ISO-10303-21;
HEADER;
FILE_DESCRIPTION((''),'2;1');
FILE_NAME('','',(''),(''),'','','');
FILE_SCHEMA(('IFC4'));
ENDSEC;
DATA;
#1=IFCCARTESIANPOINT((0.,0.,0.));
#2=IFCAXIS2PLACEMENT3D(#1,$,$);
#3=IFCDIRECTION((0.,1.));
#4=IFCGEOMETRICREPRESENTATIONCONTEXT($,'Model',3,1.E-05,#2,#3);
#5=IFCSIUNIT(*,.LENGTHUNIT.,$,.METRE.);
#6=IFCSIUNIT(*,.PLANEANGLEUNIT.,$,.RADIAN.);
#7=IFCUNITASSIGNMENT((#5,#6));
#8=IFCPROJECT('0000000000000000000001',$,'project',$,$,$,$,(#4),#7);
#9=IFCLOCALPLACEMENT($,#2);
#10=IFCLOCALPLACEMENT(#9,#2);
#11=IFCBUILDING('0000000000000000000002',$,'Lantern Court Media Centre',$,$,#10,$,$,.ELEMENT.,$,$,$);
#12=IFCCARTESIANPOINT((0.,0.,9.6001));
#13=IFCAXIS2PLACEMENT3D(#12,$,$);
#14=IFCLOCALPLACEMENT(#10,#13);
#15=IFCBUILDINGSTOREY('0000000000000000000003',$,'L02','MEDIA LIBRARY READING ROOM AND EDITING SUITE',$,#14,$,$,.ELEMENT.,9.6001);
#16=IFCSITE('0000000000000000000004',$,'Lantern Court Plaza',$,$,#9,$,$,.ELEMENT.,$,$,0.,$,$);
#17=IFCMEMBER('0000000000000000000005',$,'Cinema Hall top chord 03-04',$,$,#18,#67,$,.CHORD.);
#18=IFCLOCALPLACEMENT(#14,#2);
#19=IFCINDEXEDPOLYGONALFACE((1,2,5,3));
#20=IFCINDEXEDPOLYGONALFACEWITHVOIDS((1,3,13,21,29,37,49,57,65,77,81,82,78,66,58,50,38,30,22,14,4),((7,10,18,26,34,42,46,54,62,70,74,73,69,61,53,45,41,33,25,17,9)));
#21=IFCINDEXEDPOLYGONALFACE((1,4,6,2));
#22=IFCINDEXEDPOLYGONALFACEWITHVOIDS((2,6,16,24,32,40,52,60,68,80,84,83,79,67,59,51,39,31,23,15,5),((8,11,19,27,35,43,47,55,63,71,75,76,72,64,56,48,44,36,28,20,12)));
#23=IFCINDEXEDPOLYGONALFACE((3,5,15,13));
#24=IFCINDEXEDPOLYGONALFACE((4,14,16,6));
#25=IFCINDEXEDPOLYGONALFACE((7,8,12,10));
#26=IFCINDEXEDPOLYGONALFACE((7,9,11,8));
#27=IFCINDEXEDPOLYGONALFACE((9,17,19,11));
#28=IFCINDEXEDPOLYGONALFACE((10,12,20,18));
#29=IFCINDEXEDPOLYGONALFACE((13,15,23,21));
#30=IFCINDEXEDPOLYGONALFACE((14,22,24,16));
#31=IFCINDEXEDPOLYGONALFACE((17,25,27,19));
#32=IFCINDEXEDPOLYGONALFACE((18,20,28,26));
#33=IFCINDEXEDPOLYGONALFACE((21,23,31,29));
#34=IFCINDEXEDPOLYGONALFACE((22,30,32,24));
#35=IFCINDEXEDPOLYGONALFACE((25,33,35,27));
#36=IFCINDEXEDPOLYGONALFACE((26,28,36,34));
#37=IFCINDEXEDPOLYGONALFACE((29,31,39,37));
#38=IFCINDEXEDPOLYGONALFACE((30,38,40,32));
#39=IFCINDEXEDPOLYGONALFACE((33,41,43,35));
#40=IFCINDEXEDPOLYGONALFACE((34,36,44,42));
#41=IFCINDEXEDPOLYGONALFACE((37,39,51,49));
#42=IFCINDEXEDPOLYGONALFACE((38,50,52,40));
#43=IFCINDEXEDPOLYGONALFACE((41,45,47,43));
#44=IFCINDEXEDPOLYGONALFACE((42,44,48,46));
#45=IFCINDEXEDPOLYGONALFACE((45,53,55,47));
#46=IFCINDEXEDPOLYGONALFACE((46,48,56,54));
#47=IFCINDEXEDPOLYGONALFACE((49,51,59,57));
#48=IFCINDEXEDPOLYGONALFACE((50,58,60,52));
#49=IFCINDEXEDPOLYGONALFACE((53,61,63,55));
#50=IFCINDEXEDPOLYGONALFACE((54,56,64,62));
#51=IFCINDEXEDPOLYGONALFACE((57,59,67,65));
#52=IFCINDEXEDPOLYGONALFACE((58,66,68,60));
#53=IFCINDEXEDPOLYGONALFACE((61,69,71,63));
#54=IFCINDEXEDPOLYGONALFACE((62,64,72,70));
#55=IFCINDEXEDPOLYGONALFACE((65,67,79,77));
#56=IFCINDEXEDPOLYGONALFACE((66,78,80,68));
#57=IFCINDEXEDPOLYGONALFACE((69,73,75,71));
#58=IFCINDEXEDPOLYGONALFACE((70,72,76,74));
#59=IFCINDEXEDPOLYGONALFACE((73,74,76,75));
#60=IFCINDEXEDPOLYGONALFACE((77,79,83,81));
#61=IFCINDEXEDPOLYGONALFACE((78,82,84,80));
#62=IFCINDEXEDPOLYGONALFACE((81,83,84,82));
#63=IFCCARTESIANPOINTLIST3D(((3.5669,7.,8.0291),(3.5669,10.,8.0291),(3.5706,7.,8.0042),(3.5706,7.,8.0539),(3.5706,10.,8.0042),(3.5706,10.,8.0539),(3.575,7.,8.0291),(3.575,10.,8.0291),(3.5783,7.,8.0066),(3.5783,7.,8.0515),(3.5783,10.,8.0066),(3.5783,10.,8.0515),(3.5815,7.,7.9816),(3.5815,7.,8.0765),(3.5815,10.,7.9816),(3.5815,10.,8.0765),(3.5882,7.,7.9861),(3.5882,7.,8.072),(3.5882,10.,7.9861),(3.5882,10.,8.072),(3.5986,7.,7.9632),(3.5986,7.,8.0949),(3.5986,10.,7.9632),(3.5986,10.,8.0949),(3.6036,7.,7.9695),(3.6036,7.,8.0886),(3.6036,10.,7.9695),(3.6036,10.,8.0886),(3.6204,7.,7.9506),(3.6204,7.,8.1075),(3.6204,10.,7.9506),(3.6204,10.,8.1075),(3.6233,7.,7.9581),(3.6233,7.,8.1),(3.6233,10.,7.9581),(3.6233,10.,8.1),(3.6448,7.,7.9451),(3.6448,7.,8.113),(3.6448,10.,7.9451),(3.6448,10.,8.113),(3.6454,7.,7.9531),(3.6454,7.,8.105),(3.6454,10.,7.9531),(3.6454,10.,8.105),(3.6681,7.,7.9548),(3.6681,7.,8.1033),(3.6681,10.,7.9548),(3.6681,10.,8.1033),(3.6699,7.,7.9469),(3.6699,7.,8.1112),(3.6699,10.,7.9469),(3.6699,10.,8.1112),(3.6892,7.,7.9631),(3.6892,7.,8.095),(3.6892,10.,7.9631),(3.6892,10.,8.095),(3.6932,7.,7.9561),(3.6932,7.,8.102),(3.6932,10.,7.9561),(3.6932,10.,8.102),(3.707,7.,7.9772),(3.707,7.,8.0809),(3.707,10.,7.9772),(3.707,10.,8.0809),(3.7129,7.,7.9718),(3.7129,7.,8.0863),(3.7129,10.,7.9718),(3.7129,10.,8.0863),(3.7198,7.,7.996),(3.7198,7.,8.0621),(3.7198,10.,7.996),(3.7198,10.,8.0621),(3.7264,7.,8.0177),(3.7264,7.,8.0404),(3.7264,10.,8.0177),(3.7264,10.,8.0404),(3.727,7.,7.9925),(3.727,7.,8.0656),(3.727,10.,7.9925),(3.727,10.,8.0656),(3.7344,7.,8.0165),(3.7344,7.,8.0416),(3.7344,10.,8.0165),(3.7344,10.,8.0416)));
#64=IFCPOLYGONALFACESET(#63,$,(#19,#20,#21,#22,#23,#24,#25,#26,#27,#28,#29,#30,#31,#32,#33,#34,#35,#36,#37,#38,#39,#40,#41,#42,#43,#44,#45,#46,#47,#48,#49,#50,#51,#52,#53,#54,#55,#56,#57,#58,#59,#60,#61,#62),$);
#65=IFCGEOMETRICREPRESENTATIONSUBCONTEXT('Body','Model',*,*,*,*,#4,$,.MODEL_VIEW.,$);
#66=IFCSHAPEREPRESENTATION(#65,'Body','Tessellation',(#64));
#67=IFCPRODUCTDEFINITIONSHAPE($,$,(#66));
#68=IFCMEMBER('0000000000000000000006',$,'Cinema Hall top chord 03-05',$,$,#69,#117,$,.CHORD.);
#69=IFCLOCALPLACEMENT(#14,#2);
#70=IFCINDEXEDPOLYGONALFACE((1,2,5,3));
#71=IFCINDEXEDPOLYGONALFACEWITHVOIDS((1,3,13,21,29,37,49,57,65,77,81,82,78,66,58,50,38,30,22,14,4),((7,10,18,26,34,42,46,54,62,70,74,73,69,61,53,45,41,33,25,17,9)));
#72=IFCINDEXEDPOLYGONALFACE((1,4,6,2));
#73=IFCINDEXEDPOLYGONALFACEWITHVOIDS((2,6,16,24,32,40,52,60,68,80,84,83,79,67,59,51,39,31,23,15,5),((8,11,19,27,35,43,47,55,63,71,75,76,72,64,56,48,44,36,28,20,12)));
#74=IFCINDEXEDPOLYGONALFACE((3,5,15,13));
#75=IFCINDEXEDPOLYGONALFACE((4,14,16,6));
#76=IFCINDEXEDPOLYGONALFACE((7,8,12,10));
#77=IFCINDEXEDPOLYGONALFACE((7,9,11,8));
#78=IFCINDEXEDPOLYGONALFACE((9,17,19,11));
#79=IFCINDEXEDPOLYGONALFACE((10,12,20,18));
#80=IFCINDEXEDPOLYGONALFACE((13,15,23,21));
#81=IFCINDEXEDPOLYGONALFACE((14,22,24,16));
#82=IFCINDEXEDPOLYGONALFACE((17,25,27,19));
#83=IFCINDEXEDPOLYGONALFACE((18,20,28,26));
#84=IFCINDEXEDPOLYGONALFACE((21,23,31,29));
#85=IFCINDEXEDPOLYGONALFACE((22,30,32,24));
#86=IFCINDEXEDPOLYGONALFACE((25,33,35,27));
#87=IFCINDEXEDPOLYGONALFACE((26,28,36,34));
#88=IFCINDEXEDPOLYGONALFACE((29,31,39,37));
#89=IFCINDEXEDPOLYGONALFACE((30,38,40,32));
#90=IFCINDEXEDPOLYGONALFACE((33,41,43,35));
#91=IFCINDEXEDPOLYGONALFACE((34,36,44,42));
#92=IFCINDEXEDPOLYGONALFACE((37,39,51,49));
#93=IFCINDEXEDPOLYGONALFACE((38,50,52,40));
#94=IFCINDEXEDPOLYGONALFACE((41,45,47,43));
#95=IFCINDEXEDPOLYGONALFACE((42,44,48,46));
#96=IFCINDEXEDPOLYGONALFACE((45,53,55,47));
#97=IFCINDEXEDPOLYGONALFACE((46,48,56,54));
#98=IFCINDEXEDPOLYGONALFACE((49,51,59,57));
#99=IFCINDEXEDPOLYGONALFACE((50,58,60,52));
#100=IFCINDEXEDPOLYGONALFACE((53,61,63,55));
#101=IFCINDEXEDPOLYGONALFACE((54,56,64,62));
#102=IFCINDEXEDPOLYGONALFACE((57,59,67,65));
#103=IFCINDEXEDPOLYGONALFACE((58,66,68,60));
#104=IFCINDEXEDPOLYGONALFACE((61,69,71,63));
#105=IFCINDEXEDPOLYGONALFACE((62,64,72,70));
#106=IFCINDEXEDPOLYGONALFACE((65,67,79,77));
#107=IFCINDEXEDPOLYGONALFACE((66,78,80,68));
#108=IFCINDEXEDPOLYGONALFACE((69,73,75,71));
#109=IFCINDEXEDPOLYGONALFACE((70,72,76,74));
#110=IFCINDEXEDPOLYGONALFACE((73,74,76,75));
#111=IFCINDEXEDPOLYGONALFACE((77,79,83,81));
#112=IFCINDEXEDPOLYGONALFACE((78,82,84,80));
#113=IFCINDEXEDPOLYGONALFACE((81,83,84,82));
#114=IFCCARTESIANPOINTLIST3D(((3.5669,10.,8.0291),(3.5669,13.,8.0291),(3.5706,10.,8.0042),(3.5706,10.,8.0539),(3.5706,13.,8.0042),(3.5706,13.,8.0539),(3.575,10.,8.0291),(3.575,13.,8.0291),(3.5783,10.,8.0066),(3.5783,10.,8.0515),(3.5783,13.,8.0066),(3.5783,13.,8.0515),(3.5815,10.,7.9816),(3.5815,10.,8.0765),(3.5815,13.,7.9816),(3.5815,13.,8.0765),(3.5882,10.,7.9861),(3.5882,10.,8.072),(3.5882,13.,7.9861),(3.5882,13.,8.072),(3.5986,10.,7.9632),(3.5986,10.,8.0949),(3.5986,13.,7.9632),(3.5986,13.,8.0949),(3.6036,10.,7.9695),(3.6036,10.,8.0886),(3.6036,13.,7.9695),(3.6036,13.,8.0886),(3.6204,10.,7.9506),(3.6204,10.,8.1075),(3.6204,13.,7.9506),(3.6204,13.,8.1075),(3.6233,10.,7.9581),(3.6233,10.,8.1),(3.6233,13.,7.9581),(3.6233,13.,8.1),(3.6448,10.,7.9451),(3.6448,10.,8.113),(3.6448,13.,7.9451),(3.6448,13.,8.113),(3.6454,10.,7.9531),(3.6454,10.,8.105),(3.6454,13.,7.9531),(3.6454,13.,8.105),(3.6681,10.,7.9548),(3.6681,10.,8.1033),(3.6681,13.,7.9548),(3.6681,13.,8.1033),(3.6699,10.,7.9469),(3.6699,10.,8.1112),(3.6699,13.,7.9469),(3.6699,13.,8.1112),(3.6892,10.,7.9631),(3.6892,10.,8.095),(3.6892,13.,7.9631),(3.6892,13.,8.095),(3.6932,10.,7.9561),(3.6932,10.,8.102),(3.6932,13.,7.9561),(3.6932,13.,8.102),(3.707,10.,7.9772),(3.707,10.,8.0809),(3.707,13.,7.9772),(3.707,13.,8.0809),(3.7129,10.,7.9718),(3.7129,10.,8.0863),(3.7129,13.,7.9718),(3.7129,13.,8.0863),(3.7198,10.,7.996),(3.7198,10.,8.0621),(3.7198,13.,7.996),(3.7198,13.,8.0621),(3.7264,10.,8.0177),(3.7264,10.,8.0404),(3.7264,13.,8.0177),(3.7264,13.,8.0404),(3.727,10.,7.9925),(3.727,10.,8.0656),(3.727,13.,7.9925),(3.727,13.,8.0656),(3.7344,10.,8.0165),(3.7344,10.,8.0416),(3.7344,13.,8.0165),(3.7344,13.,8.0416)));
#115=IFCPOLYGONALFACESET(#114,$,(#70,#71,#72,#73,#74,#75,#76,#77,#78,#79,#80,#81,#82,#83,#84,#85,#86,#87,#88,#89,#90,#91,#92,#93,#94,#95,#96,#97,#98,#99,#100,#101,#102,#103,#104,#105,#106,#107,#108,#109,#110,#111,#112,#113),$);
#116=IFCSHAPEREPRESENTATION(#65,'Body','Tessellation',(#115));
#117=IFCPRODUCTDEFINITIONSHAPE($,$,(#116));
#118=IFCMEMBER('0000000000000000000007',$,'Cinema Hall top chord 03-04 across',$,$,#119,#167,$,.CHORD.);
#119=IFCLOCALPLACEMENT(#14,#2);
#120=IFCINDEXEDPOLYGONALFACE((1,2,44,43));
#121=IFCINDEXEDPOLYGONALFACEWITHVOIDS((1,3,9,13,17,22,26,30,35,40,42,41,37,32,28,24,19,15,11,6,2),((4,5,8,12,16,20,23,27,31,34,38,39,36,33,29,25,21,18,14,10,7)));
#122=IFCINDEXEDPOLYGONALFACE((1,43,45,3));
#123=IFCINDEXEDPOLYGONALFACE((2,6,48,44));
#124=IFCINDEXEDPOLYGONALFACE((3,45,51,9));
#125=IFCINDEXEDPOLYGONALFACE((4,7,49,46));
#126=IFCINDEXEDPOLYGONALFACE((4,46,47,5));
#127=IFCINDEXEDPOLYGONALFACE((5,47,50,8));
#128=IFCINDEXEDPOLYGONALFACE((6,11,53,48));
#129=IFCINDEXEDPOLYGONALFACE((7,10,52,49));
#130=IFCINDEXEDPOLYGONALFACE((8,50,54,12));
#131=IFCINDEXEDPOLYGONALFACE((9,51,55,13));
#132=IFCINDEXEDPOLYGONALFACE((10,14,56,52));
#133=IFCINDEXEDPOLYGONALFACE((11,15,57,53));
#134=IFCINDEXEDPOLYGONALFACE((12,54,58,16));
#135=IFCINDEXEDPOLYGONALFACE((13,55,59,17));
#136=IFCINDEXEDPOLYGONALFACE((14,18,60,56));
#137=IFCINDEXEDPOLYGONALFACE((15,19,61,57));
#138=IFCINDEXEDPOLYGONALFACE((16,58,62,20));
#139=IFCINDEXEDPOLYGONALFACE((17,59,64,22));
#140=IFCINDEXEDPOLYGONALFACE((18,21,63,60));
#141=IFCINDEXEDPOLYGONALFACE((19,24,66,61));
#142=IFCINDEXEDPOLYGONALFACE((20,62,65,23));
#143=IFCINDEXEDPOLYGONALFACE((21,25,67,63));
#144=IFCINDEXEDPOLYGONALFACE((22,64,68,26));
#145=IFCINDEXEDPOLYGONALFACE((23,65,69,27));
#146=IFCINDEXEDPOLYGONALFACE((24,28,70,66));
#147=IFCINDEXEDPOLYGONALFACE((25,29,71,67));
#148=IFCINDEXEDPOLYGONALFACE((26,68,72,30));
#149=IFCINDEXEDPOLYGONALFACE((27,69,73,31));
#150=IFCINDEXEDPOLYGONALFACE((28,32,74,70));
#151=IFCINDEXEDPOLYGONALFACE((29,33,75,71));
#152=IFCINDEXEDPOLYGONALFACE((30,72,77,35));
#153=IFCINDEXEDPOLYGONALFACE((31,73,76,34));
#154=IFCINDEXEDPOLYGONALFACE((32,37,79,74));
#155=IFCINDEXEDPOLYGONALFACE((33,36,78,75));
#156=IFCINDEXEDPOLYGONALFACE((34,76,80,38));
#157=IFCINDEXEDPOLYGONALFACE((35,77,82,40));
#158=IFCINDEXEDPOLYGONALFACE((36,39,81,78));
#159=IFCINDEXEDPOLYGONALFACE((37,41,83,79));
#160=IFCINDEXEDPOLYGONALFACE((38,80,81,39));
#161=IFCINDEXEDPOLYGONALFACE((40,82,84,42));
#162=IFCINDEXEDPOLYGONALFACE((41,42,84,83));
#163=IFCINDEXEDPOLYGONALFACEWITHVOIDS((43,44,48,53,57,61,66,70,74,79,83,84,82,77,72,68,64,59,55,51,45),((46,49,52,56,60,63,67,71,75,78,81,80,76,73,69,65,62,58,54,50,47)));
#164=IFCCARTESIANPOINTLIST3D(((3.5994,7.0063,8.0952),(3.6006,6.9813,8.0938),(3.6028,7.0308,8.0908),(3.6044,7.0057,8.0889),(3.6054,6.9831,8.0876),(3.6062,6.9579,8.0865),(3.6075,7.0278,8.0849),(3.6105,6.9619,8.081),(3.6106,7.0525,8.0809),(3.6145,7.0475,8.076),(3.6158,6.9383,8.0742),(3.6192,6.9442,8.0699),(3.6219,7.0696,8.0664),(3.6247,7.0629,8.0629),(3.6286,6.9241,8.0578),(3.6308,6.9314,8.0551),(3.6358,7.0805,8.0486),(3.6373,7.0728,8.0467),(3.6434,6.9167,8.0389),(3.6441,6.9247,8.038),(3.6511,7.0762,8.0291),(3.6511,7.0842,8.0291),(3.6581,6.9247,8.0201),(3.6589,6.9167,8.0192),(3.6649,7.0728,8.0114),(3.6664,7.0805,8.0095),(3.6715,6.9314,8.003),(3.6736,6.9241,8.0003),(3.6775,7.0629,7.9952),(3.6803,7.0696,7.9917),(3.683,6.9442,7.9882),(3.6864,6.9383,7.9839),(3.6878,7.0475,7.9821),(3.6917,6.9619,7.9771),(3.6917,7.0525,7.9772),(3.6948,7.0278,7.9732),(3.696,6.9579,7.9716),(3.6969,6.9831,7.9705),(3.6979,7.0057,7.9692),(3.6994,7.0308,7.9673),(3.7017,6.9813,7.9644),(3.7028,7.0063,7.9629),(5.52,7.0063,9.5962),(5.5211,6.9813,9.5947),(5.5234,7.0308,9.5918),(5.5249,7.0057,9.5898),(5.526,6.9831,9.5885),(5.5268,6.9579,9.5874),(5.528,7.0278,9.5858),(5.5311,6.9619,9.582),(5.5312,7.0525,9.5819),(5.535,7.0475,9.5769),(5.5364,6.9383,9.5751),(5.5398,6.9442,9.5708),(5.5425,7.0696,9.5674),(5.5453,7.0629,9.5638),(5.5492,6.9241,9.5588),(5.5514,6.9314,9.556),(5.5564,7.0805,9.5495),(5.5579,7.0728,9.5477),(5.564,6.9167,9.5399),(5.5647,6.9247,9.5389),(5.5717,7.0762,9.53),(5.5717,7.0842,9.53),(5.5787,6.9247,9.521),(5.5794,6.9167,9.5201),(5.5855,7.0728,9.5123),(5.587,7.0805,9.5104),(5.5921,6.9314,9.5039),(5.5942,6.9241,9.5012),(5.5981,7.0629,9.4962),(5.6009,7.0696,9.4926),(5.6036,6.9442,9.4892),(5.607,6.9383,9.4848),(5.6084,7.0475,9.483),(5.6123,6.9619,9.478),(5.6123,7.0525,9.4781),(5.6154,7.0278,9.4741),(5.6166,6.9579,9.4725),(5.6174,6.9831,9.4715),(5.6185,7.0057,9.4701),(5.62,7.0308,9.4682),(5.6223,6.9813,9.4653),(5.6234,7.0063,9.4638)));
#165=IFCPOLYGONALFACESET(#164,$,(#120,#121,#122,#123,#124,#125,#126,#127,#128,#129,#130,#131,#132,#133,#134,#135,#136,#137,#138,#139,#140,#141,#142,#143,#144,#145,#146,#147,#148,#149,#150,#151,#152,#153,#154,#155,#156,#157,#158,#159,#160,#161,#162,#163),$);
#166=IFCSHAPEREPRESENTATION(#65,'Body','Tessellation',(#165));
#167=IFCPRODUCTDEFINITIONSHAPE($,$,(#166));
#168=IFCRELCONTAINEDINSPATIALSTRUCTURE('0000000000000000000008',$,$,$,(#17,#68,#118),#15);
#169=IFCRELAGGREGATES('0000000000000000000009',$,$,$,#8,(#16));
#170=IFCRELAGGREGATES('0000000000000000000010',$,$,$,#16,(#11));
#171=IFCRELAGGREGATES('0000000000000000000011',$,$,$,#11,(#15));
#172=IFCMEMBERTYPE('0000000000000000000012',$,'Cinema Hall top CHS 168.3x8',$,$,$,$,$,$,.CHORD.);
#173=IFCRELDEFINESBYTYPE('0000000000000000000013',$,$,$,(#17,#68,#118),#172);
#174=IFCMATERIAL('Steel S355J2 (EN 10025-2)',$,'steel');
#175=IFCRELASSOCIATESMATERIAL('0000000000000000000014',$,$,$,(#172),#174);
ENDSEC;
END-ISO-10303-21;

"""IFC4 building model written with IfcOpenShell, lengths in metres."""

from ifc_helpers import new_model, si_unit, direction, frame, origin, origin_2d, place, context, subcontext, project, spatial, hollow_circle, extrude, material, material_profile, profile_set, type_object, element, save


model = new_model("IFC4")

# Units and contexts
model_context = context("Model", 3, precision=1e-05, world=origin(), true_north=direction((0.0, 1.0)))
body_context = subcontext(model_context, "Body", "Model", "MODEL_VIEW")
ifc_project = project(units=[si_unit("LENGTHUNIT", "METRE"), si_unit("PLANEANGLEUNIT", "RADIAN")], contexts=[model_context])

# Site, building, storey
site_placement = place(None, origin())
site = spatial("IfcSite", under=ifc_project, at=site_placement, Name="Lantern Court Plaza", CompositionType="ELEMENT", RefElevation=0.0)
building_placement = place(site_placement, origin())
building = spatial("IfcBuilding", under=site, at=building_placement, Name="Lantern Court Media Centre", CompositionType="ELEMENT")
storey_placement = place(building_placement, frame((0.0, 0.0, 9.6001)))
storey = spatial("IfcBuildingStorey", under=building, at=storey_placement, Name="L02", Description="MEDIA LIBRARY READING ROOM AND EDITING SUITE", CompositionType="ELEMENT", Elevation=9.6001)

# Shared definitions
ifc_material = material(Name="Steel S355J2 (EN 10025-2)", Category="steel")

# Members
ifc_material_profile_1 = material_profile(ifc_material, hollow_circle(Radius=0.0842, WallThickness=0.0081, at=origin_2d()), Name="Cinema Hall top CHS 168.3x8")
ifc_profile_set_1 = profile_set([ifc_material_profile_1], Name="Steel S355J2 (EN 10025-2)")
member_type_1 = type_object("IfcMemberType", Name="Cinema Hall top CHS 168.3x8", PredefinedType="CHORD", material=ifc_profile_set_1)
for number, where, z_axis, x_axis, name in (
    (1, (3.6511, 7.0, 8.0291), (0.0, 1.0, 0.0), (-1.0, 0.0, 0.0), "Cinema Hall top chord 03-04"),
    (2, (3.6511, 10.0, 8.0291), (0.0, 1.0, 0.0), (-1.0, 0.0, 0.0), "Cinema Hall top chord 03-05"),
):
    element("IfcMember", number, at=place(storey_placement, frame(where, z_axis=z_axis, x_axis=x_axis)), inside=storey, type_object=member_type_1, Name=name, PredefinedType="CHORD", context=body_context, shape_type="SweptSolid", body=[
        extrude(hollow_circle(Radius=0.0842, WallThickness=0.0081, at=origin_2d()), origin(), (0.0, 0.0, 1.0), 3.0),
    ])
for number, where, z_axis, x_axis, name in (
    (3, (3.6511, 7.0, 8.0291), (0.787932, 0.0, 0.615763), (0.0, 1.0, 0.0), "Cinema Hall top chord 03-04 across"),
):
    element("IfcMember", number, at=place(storey_placement, frame(where, z_axis=z_axis, x_axis=x_axis)), inside=storey, type_object=member_type_1, Name=name, PredefinedType="CHORD", context=body_context, shape_type="SweptSolid", body=[
        extrude(hollow_circle(Radius=0.0842, WallThickness=0.0081, at=origin_2d()), origin(), (0.0, 0.0, 1.0), 2.4375),
    ])

save(model, "model.ifc")
